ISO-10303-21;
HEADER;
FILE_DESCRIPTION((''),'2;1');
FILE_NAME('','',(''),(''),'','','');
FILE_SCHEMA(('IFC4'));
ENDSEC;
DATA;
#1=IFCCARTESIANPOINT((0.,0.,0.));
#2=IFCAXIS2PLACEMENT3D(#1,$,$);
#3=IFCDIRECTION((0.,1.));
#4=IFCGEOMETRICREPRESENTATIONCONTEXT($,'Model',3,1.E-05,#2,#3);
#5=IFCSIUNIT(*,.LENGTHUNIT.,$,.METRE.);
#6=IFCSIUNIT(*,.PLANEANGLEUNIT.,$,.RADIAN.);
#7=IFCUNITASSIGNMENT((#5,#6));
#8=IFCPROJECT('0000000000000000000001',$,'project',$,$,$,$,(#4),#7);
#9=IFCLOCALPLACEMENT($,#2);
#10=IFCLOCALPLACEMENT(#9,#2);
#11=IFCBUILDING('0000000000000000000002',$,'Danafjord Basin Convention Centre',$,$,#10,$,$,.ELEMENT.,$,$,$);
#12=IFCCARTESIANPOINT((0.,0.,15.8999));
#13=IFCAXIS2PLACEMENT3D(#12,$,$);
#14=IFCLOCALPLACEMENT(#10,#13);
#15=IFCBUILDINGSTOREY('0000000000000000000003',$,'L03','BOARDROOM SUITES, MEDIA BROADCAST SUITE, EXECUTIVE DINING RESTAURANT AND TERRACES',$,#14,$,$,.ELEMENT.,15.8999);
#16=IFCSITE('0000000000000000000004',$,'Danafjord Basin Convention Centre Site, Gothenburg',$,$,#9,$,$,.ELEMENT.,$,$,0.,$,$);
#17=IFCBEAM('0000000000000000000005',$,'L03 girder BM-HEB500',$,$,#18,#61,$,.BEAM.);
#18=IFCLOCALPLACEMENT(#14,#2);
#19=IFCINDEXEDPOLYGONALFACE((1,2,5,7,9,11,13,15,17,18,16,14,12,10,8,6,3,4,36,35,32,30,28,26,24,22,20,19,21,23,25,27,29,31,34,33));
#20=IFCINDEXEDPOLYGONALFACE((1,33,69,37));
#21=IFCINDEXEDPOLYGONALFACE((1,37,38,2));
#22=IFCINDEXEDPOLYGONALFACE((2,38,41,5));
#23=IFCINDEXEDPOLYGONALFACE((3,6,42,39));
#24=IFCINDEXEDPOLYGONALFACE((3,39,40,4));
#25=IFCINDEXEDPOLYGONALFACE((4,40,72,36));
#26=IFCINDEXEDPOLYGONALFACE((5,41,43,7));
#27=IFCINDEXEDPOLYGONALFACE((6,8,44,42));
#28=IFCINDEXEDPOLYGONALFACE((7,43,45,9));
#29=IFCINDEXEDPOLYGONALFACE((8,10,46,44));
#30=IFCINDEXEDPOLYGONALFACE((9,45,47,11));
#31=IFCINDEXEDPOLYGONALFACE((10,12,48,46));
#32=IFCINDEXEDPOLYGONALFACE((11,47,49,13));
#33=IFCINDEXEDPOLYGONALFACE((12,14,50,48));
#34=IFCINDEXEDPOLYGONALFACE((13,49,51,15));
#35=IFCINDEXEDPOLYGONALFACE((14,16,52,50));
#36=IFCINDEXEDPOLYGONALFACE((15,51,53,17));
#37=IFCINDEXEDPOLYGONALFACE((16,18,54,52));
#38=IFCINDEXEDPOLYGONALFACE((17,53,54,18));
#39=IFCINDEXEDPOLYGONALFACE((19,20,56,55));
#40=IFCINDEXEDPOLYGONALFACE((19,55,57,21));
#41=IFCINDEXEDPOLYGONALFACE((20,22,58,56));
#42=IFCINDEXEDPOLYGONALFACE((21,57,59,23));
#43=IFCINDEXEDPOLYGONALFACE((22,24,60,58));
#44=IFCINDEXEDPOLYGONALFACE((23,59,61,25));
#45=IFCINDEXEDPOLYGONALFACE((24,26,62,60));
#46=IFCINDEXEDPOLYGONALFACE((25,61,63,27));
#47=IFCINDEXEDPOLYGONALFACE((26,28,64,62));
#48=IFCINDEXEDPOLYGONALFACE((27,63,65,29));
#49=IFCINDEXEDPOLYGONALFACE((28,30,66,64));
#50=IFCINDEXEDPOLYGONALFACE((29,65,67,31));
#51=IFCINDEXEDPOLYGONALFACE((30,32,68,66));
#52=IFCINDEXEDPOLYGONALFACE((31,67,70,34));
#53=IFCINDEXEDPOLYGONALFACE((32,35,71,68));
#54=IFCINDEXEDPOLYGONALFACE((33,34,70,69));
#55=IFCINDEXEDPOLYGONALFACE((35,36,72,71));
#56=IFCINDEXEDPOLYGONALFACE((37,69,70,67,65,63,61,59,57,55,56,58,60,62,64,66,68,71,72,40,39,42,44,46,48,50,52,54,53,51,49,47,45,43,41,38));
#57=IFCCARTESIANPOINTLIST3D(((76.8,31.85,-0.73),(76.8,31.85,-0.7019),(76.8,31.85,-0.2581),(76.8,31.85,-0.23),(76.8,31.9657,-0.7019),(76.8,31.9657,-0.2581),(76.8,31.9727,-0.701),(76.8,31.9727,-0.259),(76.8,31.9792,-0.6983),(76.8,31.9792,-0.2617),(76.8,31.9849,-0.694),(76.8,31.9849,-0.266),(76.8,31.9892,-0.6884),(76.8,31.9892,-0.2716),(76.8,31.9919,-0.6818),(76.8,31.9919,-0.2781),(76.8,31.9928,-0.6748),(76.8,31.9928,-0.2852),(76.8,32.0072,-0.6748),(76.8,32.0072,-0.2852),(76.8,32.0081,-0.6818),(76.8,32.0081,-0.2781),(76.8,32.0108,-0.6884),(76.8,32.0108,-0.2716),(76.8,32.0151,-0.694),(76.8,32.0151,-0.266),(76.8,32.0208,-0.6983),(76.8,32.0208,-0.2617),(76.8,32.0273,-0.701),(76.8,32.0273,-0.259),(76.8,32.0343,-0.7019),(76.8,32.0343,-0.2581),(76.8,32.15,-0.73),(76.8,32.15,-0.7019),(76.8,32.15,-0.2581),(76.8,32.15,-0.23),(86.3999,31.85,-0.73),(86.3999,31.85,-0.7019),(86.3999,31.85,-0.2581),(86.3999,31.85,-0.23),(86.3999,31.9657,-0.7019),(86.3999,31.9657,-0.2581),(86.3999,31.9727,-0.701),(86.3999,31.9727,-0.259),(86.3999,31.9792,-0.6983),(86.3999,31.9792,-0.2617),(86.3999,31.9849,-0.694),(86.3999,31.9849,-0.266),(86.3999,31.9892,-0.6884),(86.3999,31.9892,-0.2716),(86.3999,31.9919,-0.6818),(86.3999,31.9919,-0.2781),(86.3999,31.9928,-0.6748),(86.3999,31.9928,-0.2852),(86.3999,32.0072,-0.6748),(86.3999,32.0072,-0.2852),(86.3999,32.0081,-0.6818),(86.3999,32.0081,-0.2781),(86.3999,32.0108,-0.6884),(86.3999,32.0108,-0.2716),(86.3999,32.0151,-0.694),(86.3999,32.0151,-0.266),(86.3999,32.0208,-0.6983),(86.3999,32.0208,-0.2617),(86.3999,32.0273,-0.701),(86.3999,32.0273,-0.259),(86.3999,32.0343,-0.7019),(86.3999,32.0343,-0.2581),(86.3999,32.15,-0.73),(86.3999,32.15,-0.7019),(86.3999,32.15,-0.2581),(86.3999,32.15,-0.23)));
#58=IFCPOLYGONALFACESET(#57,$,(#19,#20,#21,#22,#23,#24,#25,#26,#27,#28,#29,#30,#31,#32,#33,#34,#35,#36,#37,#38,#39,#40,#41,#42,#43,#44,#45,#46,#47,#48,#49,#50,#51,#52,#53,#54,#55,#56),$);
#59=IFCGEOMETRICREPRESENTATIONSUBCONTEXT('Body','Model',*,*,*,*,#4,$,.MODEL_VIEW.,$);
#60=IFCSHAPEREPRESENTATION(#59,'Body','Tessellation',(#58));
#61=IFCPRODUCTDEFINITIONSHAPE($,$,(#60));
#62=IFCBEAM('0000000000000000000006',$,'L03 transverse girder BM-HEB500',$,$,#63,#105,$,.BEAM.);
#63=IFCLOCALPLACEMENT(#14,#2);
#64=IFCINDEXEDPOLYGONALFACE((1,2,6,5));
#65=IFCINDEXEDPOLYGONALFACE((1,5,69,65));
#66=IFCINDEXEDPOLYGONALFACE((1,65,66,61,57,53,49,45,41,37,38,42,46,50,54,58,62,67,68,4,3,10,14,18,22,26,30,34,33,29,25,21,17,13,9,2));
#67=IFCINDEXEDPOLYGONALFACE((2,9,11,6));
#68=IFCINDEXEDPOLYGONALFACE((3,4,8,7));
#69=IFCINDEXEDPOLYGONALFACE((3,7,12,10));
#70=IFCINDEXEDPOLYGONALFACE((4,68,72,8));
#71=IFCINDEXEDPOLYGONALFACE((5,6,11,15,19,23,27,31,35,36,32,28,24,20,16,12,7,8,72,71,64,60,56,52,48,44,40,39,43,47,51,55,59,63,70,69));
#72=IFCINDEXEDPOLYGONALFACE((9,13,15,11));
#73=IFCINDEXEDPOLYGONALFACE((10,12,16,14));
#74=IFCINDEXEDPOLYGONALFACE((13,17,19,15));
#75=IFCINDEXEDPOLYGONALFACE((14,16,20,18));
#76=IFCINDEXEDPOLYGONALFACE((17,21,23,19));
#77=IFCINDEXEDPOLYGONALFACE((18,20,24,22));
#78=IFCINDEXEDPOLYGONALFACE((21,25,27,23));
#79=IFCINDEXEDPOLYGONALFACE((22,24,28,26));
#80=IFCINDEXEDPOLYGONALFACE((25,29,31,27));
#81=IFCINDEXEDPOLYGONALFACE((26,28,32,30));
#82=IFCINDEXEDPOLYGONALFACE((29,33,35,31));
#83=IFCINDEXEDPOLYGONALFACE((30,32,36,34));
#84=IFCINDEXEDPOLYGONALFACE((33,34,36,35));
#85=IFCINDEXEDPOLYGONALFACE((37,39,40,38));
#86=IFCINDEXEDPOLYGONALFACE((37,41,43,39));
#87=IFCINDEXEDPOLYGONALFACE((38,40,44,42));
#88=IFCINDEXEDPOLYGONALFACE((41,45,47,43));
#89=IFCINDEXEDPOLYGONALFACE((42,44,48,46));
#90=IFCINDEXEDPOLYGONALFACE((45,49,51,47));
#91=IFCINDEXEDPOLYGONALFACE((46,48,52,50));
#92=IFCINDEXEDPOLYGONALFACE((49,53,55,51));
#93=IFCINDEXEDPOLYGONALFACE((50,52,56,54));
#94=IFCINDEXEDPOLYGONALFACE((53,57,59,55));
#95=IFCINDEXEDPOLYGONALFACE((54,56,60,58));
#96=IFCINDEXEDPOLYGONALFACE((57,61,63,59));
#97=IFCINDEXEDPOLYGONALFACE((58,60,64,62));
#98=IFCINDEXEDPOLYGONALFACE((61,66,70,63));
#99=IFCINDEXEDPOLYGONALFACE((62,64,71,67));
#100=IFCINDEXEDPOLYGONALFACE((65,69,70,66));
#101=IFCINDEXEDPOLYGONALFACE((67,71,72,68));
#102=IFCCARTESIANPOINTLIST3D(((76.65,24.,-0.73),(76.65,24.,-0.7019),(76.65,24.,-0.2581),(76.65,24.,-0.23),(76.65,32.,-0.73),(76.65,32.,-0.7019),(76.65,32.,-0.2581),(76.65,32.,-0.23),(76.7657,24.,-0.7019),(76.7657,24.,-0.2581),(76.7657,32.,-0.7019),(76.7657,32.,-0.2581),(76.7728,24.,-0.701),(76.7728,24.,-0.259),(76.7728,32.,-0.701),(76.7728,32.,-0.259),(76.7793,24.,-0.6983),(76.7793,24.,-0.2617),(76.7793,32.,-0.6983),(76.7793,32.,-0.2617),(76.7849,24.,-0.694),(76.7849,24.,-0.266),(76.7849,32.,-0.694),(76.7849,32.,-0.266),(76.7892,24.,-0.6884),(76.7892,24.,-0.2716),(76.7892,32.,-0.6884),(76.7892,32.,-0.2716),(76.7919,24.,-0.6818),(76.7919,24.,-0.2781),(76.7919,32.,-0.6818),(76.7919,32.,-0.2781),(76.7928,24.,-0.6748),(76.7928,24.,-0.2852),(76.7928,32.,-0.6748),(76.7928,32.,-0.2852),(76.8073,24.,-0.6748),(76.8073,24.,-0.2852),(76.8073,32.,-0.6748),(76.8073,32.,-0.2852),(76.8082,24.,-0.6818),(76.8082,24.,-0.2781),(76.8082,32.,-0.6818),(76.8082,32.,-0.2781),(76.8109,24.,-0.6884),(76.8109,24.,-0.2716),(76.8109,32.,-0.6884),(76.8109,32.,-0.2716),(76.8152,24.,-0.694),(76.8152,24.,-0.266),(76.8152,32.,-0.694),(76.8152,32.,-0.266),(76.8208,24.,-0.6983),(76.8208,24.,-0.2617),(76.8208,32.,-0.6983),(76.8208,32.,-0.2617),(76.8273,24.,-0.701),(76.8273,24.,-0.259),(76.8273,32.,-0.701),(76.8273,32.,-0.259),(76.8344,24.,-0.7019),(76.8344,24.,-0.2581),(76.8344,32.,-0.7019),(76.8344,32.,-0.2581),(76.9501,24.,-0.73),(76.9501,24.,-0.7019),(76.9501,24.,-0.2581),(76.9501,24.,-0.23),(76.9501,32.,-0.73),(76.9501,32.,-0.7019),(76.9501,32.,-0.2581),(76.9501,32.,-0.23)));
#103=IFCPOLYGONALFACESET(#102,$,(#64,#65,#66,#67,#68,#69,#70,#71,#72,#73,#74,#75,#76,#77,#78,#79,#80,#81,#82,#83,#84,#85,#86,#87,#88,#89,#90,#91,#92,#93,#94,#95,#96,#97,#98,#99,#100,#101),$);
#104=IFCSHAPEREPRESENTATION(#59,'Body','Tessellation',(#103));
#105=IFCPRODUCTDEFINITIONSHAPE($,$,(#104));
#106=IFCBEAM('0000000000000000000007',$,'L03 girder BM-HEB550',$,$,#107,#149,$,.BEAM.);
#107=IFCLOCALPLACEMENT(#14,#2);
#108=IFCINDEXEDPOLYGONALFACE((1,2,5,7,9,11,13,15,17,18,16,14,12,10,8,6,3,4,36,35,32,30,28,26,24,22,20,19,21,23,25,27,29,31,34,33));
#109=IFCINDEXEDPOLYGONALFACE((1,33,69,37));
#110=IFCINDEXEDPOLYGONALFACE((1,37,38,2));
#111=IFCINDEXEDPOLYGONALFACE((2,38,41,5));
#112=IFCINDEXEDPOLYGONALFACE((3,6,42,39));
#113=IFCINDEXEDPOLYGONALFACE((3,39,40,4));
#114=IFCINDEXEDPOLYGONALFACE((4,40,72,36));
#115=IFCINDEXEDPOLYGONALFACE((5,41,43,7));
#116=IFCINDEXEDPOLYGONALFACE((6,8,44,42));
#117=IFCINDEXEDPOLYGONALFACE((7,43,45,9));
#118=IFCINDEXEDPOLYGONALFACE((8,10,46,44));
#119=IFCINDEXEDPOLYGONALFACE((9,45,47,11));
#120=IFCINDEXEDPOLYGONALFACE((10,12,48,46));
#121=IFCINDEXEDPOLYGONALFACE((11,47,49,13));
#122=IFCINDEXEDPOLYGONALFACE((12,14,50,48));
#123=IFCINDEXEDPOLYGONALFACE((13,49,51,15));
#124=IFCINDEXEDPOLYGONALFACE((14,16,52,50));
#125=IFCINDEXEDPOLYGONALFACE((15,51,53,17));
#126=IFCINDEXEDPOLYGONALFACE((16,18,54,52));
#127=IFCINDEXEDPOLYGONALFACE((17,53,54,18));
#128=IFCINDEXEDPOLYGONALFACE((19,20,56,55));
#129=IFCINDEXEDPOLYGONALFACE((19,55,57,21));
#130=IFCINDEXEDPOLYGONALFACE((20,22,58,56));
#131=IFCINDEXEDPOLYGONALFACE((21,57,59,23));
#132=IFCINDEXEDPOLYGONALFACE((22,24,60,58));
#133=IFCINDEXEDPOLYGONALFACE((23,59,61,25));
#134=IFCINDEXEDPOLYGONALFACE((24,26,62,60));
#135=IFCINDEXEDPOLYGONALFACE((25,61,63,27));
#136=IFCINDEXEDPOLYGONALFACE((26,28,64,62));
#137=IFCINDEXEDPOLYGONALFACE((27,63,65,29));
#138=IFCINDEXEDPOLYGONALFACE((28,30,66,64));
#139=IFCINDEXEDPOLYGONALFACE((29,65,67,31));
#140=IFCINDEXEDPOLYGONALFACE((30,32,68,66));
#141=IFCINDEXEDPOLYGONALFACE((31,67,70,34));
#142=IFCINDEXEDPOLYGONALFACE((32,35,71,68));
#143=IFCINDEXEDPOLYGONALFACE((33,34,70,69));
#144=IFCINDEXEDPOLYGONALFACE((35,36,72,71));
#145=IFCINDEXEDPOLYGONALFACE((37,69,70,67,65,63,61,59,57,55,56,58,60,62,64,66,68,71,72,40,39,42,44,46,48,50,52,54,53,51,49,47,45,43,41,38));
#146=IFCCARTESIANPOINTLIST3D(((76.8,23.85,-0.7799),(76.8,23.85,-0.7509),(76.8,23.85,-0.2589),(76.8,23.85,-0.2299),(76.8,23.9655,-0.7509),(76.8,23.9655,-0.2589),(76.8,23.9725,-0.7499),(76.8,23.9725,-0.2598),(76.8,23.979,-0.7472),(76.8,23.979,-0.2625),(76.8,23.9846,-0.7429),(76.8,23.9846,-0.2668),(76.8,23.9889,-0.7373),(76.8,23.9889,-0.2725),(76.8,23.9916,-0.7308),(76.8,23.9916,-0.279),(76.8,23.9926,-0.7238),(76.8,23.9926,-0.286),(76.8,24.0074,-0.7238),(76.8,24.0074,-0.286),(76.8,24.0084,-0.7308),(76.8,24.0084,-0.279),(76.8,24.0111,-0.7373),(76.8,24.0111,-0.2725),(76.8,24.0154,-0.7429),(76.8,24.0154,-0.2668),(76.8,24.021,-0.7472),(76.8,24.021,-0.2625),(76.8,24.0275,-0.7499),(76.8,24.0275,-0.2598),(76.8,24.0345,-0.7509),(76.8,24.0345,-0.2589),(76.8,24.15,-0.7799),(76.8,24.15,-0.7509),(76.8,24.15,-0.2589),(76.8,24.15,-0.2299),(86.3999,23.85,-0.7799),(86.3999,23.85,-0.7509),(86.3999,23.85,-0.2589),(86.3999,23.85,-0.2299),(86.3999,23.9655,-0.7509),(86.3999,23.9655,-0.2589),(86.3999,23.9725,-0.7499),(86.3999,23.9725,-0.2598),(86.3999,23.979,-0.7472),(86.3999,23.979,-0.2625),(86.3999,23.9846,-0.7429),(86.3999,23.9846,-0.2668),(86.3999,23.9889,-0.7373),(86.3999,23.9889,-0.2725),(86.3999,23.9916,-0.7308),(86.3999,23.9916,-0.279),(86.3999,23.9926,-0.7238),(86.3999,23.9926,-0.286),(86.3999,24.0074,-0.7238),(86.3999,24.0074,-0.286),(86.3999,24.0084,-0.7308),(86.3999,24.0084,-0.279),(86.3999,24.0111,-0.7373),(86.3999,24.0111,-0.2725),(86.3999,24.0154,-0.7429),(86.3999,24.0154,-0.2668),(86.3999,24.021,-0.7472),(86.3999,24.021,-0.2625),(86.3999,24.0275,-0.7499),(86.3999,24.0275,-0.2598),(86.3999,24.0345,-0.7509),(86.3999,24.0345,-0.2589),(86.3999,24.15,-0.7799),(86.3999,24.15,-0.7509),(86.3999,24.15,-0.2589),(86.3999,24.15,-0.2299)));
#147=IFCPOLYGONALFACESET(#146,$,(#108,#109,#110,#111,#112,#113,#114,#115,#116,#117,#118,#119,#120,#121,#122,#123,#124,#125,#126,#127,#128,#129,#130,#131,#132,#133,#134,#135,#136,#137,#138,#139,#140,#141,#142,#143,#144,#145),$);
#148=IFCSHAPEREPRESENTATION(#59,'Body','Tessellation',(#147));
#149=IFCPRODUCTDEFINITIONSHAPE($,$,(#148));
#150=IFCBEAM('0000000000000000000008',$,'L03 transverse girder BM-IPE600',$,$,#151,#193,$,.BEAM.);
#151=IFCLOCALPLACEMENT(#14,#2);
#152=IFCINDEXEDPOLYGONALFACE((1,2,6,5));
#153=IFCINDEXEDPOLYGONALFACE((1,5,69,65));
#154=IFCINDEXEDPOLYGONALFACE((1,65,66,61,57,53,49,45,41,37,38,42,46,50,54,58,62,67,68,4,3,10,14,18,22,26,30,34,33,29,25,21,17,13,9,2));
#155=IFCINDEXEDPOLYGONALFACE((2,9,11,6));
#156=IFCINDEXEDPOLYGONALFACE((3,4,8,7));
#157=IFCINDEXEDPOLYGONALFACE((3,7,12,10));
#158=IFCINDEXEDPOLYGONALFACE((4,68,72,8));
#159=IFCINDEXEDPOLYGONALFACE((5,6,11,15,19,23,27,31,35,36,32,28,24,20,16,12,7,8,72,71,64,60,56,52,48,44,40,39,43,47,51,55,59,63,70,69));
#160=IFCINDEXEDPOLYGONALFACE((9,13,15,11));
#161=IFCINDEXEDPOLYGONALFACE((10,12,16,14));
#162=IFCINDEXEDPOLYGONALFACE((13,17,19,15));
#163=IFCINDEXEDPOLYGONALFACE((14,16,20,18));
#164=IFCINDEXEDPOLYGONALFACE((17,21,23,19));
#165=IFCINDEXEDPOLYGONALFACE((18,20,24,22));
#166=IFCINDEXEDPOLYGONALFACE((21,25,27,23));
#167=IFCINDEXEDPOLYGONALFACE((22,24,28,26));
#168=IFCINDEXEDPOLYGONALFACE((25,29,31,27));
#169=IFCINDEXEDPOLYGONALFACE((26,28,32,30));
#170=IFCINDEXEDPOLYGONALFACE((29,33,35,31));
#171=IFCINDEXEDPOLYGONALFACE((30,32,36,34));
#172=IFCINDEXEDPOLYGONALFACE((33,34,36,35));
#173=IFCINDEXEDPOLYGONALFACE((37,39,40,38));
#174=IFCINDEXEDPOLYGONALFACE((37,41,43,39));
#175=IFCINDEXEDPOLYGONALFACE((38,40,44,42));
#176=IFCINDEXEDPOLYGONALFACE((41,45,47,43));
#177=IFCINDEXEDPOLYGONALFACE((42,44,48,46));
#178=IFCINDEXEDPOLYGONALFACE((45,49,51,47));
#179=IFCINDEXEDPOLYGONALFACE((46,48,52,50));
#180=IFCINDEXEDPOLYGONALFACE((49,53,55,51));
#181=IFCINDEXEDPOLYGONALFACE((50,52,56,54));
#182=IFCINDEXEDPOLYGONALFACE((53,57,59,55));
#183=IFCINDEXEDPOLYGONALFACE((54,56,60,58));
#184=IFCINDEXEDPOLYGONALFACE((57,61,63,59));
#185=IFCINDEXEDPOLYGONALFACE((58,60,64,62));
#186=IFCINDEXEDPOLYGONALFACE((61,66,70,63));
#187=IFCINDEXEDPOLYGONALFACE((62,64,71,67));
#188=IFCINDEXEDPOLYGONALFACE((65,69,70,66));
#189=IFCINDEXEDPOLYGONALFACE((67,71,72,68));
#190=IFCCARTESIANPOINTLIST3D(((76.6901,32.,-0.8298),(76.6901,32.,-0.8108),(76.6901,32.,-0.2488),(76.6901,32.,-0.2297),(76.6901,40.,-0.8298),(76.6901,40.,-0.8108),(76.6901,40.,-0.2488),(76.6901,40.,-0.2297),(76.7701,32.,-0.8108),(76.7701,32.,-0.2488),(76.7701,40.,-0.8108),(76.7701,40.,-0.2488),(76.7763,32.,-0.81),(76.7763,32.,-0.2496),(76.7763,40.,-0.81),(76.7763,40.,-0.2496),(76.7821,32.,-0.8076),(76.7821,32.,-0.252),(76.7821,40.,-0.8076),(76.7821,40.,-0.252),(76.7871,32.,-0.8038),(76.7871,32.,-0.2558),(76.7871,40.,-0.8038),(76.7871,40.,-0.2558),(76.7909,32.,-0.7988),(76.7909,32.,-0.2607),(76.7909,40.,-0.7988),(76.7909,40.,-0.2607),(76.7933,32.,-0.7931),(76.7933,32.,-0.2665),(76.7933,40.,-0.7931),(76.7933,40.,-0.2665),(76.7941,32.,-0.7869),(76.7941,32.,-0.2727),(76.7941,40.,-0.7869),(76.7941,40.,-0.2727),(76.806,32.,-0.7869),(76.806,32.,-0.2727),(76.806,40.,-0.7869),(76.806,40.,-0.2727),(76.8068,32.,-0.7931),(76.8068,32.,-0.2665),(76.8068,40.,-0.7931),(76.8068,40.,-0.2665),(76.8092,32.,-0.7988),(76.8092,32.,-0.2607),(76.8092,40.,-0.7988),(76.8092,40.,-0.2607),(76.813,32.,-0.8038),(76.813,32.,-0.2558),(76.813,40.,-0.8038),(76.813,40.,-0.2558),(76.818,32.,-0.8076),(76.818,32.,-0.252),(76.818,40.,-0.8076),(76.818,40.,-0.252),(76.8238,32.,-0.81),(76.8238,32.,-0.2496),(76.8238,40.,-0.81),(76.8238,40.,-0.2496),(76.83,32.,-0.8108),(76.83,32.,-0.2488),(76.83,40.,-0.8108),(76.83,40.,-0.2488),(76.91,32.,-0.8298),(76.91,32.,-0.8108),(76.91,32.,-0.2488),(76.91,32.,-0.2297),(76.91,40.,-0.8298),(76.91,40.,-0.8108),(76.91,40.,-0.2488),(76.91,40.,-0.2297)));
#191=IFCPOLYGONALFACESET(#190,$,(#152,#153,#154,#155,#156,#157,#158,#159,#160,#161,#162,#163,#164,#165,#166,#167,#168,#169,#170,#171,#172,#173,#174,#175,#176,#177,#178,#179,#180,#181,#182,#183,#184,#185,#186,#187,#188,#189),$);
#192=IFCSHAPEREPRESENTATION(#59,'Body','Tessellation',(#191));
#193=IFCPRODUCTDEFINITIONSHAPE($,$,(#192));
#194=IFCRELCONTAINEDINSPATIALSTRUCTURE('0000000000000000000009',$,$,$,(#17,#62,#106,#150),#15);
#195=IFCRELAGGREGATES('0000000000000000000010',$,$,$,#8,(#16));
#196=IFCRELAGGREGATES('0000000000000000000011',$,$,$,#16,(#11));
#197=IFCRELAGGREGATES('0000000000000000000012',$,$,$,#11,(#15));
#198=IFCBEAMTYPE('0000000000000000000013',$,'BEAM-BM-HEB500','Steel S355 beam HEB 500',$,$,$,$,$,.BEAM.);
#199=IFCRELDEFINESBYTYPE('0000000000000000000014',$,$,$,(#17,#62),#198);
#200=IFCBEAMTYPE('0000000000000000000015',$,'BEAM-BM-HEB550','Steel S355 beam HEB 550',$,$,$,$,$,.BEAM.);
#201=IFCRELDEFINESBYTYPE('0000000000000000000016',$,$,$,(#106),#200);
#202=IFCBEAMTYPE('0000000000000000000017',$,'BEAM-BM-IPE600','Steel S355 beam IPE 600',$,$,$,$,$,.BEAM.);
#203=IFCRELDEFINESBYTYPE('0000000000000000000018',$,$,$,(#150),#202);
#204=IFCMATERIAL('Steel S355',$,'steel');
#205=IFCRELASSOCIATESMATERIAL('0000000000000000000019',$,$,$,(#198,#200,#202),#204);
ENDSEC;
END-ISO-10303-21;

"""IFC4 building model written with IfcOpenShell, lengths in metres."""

from ifc_helpers import new_model, si_unit, direction, frame, origin, origin_2d, place, context, subcontext, project, spatial, i_section, extrude, material, material_profile, profile_set, type_object, element, save


model = new_model("IFC4")

# Units and contexts
model_context = context("Model", 3, precision=1e-05, world=origin(), true_north=direction((0.0, 1.0)))
body_context = subcontext(model_context, "Body", "Model", "MODEL_VIEW")
ifc_project = project(units=[si_unit("LENGTHUNIT", "METRE"), si_unit("PLANEANGLEUNIT", "RADIAN")], contexts=[model_context])

# Site, building, storey
site_placement = place(None, origin())
site = spatial("IfcSite", under=ifc_project, at=site_placement, Name="Danafjord Basin Convention Centre Site, Gothenburg", CompositionType="ELEMENT", RefElevation=0.0)
building_placement = place(site_placement, origin())
building = spatial("IfcBuilding", under=site, at=building_placement, Name="Danafjord Basin Convention Centre", CompositionType="ELEMENT")
storey_placement = place(building_placement, frame((0.0, 0.0, 15.8999)))
storey = spatial("IfcBuildingStorey", under=building, at=storey_placement, Name="L03", Description="BOARDROOM SUITES, MEDIA BROADCAST SUITE, EXECUTIVE DINING RESTAURANT AND TERRACES", CompositionType="ELEMENT", Elevation=15.8999)

# Shared definitions
ifc_material_1 = material(Name="Steel S355", Category="steel")

# Beams
ifc_material_profile_1 = material_profile(ifc_material_1, i_section(OverallWidth=0.3, OverallDepth=0.5, WebThickness=0.0144, FlangeThickness=0.0281, FilletRadius=0.0271, at=origin_2d()), Name="HEB 500")
ifc_profile_set_1 = profile_set([ifc_material_profile_1], Name="Steel S355")
beam_type_1 = type_object("IfcBeamType", Name="BEAM-BM-HEB500", Description="Steel S355 beam HEB 500", PredefinedType="BEAM", material=ifc_profile_set_1)
beam_1_placement = place(storey_placement, frame((76.8, 32.0, -0.48), z_axis=(1.0, 0.0, 0.0), x_axis=(0.0, 1.0, 0.0)))
element("IfcBeam", 1, at=beam_1_placement, inside=storey, type_object=beam_type_1, Name="L03 girder BM-HEB500", PredefinedType="BEAM", context=body_context, shape_type="SweptSolid", body=[
    extrude(i_section(OverallWidth=0.3, OverallDepth=0.5, WebThickness=0.0144, FlangeThickness=0.0281, FilletRadius=0.0271, at=origin_2d()), origin(), (0.0, 0.0, 1.0), 9.5999),
])
beam_2_placement = place(storey_placement, frame((76.8, 24.0, -0.48), z_axis=(0.0, 1.0, 0.0), x_axis=(-1.0, 0.0, 0.0)))
element("IfcBeam", 2, at=beam_2_placement, inside=storey, type_object=beam_type_1, Name="L03 transverse girder BM-HEB500", PredefinedType="BEAM", context=body_context, shape_type="SweptSolid", body=[
    extrude(i_section(OverallWidth=0.3, OverallDepth=0.5, WebThickness=0.0144, FlangeThickness=0.0281, FilletRadius=0.0271, at=origin_2d()), origin(), (0.0, 0.0, 1.0), 8.0),
])
ifc_material_profile_2 = material_profile(ifc_material_1, i_section(OverallWidth=0.3, OverallDepth=0.55, WebThickness=0.0149, FlangeThickness=0.0291, FilletRadius=0.0271, at=origin_2d()), Name="HEB 550")
ifc_profile_set_2 = profile_set([ifc_material_profile_2], Name="Steel S355")
beam_type_2 = type_object("IfcBeamType", Name="BEAM-BM-HEB550", Description="Steel S355 beam HEB 550", PredefinedType="BEAM", material=ifc_profile_set_2)
beam_3_placement = place(storey_placement, frame((76.8, 24.0, -0.5049), z_axis=(1.0, 0.0, 0.0), x_axis=(0.0, 1.0, 0.0)))
element("IfcBeam", 3, at=beam_3_placement, inside=storey, type_object=beam_type_2, Name="L03 girder BM-HEB550", PredefinedType="BEAM", context=body_context, shape_type="SweptSolid", body=[
    extrude(i_section(OverallWidth=0.3, OverallDepth=0.55, WebThickness=0.0149, FlangeThickness=0.0291, FilletRadius=0.0271, at=origin_2d()), origin(), (0.0, 0.0, 1.0), 9.5999),
])
ifc_material_profile_3 = material_profile(ifc_material_1, i_section(OverallWidth=0.22, OverallDepth=0.6001, WebThickness=0.012, FlangeThickness=0.019, FilletRadius=0.0239, at=origin_2d()), Name="IPE 600")
ifc_profile_set_3 = profile_set([ifc_material_profile_3], Name="Steel S355")
beam_type_3 = type_object("IfcBeamType", Name="BEAM-BM-IPE600", Description="Steel S355 beam IPE 600", PredefinedType="BEAM", material=ifc_profile_set_3)
beam_4_placement = place(storey_placement, frame((76.8, 32.0, -0.5298), z_axis=(0.0, 1.0, 0.0), x_axis=(-1.0, 0.0, 0.0)))
element("IfcBeam", 4, at=beam_4_placement, inside=storey, type_object=beam_type_3, Name="L03 transverse girder BM-IPE600", PredefinedType="BEAM", context=body_context, shape_type="SweptSolid", body=[
    extrude(i_section(OverallWidth=0.22, OverallDepth=0.6001, WebThickness=0.012, FlangeThickness=0.019, FilletRadius=0.0239, at=origin_2d()), origin(), (0.0, 0.0, 1.0), 8.0),
])

save(model, "model.ifc")
